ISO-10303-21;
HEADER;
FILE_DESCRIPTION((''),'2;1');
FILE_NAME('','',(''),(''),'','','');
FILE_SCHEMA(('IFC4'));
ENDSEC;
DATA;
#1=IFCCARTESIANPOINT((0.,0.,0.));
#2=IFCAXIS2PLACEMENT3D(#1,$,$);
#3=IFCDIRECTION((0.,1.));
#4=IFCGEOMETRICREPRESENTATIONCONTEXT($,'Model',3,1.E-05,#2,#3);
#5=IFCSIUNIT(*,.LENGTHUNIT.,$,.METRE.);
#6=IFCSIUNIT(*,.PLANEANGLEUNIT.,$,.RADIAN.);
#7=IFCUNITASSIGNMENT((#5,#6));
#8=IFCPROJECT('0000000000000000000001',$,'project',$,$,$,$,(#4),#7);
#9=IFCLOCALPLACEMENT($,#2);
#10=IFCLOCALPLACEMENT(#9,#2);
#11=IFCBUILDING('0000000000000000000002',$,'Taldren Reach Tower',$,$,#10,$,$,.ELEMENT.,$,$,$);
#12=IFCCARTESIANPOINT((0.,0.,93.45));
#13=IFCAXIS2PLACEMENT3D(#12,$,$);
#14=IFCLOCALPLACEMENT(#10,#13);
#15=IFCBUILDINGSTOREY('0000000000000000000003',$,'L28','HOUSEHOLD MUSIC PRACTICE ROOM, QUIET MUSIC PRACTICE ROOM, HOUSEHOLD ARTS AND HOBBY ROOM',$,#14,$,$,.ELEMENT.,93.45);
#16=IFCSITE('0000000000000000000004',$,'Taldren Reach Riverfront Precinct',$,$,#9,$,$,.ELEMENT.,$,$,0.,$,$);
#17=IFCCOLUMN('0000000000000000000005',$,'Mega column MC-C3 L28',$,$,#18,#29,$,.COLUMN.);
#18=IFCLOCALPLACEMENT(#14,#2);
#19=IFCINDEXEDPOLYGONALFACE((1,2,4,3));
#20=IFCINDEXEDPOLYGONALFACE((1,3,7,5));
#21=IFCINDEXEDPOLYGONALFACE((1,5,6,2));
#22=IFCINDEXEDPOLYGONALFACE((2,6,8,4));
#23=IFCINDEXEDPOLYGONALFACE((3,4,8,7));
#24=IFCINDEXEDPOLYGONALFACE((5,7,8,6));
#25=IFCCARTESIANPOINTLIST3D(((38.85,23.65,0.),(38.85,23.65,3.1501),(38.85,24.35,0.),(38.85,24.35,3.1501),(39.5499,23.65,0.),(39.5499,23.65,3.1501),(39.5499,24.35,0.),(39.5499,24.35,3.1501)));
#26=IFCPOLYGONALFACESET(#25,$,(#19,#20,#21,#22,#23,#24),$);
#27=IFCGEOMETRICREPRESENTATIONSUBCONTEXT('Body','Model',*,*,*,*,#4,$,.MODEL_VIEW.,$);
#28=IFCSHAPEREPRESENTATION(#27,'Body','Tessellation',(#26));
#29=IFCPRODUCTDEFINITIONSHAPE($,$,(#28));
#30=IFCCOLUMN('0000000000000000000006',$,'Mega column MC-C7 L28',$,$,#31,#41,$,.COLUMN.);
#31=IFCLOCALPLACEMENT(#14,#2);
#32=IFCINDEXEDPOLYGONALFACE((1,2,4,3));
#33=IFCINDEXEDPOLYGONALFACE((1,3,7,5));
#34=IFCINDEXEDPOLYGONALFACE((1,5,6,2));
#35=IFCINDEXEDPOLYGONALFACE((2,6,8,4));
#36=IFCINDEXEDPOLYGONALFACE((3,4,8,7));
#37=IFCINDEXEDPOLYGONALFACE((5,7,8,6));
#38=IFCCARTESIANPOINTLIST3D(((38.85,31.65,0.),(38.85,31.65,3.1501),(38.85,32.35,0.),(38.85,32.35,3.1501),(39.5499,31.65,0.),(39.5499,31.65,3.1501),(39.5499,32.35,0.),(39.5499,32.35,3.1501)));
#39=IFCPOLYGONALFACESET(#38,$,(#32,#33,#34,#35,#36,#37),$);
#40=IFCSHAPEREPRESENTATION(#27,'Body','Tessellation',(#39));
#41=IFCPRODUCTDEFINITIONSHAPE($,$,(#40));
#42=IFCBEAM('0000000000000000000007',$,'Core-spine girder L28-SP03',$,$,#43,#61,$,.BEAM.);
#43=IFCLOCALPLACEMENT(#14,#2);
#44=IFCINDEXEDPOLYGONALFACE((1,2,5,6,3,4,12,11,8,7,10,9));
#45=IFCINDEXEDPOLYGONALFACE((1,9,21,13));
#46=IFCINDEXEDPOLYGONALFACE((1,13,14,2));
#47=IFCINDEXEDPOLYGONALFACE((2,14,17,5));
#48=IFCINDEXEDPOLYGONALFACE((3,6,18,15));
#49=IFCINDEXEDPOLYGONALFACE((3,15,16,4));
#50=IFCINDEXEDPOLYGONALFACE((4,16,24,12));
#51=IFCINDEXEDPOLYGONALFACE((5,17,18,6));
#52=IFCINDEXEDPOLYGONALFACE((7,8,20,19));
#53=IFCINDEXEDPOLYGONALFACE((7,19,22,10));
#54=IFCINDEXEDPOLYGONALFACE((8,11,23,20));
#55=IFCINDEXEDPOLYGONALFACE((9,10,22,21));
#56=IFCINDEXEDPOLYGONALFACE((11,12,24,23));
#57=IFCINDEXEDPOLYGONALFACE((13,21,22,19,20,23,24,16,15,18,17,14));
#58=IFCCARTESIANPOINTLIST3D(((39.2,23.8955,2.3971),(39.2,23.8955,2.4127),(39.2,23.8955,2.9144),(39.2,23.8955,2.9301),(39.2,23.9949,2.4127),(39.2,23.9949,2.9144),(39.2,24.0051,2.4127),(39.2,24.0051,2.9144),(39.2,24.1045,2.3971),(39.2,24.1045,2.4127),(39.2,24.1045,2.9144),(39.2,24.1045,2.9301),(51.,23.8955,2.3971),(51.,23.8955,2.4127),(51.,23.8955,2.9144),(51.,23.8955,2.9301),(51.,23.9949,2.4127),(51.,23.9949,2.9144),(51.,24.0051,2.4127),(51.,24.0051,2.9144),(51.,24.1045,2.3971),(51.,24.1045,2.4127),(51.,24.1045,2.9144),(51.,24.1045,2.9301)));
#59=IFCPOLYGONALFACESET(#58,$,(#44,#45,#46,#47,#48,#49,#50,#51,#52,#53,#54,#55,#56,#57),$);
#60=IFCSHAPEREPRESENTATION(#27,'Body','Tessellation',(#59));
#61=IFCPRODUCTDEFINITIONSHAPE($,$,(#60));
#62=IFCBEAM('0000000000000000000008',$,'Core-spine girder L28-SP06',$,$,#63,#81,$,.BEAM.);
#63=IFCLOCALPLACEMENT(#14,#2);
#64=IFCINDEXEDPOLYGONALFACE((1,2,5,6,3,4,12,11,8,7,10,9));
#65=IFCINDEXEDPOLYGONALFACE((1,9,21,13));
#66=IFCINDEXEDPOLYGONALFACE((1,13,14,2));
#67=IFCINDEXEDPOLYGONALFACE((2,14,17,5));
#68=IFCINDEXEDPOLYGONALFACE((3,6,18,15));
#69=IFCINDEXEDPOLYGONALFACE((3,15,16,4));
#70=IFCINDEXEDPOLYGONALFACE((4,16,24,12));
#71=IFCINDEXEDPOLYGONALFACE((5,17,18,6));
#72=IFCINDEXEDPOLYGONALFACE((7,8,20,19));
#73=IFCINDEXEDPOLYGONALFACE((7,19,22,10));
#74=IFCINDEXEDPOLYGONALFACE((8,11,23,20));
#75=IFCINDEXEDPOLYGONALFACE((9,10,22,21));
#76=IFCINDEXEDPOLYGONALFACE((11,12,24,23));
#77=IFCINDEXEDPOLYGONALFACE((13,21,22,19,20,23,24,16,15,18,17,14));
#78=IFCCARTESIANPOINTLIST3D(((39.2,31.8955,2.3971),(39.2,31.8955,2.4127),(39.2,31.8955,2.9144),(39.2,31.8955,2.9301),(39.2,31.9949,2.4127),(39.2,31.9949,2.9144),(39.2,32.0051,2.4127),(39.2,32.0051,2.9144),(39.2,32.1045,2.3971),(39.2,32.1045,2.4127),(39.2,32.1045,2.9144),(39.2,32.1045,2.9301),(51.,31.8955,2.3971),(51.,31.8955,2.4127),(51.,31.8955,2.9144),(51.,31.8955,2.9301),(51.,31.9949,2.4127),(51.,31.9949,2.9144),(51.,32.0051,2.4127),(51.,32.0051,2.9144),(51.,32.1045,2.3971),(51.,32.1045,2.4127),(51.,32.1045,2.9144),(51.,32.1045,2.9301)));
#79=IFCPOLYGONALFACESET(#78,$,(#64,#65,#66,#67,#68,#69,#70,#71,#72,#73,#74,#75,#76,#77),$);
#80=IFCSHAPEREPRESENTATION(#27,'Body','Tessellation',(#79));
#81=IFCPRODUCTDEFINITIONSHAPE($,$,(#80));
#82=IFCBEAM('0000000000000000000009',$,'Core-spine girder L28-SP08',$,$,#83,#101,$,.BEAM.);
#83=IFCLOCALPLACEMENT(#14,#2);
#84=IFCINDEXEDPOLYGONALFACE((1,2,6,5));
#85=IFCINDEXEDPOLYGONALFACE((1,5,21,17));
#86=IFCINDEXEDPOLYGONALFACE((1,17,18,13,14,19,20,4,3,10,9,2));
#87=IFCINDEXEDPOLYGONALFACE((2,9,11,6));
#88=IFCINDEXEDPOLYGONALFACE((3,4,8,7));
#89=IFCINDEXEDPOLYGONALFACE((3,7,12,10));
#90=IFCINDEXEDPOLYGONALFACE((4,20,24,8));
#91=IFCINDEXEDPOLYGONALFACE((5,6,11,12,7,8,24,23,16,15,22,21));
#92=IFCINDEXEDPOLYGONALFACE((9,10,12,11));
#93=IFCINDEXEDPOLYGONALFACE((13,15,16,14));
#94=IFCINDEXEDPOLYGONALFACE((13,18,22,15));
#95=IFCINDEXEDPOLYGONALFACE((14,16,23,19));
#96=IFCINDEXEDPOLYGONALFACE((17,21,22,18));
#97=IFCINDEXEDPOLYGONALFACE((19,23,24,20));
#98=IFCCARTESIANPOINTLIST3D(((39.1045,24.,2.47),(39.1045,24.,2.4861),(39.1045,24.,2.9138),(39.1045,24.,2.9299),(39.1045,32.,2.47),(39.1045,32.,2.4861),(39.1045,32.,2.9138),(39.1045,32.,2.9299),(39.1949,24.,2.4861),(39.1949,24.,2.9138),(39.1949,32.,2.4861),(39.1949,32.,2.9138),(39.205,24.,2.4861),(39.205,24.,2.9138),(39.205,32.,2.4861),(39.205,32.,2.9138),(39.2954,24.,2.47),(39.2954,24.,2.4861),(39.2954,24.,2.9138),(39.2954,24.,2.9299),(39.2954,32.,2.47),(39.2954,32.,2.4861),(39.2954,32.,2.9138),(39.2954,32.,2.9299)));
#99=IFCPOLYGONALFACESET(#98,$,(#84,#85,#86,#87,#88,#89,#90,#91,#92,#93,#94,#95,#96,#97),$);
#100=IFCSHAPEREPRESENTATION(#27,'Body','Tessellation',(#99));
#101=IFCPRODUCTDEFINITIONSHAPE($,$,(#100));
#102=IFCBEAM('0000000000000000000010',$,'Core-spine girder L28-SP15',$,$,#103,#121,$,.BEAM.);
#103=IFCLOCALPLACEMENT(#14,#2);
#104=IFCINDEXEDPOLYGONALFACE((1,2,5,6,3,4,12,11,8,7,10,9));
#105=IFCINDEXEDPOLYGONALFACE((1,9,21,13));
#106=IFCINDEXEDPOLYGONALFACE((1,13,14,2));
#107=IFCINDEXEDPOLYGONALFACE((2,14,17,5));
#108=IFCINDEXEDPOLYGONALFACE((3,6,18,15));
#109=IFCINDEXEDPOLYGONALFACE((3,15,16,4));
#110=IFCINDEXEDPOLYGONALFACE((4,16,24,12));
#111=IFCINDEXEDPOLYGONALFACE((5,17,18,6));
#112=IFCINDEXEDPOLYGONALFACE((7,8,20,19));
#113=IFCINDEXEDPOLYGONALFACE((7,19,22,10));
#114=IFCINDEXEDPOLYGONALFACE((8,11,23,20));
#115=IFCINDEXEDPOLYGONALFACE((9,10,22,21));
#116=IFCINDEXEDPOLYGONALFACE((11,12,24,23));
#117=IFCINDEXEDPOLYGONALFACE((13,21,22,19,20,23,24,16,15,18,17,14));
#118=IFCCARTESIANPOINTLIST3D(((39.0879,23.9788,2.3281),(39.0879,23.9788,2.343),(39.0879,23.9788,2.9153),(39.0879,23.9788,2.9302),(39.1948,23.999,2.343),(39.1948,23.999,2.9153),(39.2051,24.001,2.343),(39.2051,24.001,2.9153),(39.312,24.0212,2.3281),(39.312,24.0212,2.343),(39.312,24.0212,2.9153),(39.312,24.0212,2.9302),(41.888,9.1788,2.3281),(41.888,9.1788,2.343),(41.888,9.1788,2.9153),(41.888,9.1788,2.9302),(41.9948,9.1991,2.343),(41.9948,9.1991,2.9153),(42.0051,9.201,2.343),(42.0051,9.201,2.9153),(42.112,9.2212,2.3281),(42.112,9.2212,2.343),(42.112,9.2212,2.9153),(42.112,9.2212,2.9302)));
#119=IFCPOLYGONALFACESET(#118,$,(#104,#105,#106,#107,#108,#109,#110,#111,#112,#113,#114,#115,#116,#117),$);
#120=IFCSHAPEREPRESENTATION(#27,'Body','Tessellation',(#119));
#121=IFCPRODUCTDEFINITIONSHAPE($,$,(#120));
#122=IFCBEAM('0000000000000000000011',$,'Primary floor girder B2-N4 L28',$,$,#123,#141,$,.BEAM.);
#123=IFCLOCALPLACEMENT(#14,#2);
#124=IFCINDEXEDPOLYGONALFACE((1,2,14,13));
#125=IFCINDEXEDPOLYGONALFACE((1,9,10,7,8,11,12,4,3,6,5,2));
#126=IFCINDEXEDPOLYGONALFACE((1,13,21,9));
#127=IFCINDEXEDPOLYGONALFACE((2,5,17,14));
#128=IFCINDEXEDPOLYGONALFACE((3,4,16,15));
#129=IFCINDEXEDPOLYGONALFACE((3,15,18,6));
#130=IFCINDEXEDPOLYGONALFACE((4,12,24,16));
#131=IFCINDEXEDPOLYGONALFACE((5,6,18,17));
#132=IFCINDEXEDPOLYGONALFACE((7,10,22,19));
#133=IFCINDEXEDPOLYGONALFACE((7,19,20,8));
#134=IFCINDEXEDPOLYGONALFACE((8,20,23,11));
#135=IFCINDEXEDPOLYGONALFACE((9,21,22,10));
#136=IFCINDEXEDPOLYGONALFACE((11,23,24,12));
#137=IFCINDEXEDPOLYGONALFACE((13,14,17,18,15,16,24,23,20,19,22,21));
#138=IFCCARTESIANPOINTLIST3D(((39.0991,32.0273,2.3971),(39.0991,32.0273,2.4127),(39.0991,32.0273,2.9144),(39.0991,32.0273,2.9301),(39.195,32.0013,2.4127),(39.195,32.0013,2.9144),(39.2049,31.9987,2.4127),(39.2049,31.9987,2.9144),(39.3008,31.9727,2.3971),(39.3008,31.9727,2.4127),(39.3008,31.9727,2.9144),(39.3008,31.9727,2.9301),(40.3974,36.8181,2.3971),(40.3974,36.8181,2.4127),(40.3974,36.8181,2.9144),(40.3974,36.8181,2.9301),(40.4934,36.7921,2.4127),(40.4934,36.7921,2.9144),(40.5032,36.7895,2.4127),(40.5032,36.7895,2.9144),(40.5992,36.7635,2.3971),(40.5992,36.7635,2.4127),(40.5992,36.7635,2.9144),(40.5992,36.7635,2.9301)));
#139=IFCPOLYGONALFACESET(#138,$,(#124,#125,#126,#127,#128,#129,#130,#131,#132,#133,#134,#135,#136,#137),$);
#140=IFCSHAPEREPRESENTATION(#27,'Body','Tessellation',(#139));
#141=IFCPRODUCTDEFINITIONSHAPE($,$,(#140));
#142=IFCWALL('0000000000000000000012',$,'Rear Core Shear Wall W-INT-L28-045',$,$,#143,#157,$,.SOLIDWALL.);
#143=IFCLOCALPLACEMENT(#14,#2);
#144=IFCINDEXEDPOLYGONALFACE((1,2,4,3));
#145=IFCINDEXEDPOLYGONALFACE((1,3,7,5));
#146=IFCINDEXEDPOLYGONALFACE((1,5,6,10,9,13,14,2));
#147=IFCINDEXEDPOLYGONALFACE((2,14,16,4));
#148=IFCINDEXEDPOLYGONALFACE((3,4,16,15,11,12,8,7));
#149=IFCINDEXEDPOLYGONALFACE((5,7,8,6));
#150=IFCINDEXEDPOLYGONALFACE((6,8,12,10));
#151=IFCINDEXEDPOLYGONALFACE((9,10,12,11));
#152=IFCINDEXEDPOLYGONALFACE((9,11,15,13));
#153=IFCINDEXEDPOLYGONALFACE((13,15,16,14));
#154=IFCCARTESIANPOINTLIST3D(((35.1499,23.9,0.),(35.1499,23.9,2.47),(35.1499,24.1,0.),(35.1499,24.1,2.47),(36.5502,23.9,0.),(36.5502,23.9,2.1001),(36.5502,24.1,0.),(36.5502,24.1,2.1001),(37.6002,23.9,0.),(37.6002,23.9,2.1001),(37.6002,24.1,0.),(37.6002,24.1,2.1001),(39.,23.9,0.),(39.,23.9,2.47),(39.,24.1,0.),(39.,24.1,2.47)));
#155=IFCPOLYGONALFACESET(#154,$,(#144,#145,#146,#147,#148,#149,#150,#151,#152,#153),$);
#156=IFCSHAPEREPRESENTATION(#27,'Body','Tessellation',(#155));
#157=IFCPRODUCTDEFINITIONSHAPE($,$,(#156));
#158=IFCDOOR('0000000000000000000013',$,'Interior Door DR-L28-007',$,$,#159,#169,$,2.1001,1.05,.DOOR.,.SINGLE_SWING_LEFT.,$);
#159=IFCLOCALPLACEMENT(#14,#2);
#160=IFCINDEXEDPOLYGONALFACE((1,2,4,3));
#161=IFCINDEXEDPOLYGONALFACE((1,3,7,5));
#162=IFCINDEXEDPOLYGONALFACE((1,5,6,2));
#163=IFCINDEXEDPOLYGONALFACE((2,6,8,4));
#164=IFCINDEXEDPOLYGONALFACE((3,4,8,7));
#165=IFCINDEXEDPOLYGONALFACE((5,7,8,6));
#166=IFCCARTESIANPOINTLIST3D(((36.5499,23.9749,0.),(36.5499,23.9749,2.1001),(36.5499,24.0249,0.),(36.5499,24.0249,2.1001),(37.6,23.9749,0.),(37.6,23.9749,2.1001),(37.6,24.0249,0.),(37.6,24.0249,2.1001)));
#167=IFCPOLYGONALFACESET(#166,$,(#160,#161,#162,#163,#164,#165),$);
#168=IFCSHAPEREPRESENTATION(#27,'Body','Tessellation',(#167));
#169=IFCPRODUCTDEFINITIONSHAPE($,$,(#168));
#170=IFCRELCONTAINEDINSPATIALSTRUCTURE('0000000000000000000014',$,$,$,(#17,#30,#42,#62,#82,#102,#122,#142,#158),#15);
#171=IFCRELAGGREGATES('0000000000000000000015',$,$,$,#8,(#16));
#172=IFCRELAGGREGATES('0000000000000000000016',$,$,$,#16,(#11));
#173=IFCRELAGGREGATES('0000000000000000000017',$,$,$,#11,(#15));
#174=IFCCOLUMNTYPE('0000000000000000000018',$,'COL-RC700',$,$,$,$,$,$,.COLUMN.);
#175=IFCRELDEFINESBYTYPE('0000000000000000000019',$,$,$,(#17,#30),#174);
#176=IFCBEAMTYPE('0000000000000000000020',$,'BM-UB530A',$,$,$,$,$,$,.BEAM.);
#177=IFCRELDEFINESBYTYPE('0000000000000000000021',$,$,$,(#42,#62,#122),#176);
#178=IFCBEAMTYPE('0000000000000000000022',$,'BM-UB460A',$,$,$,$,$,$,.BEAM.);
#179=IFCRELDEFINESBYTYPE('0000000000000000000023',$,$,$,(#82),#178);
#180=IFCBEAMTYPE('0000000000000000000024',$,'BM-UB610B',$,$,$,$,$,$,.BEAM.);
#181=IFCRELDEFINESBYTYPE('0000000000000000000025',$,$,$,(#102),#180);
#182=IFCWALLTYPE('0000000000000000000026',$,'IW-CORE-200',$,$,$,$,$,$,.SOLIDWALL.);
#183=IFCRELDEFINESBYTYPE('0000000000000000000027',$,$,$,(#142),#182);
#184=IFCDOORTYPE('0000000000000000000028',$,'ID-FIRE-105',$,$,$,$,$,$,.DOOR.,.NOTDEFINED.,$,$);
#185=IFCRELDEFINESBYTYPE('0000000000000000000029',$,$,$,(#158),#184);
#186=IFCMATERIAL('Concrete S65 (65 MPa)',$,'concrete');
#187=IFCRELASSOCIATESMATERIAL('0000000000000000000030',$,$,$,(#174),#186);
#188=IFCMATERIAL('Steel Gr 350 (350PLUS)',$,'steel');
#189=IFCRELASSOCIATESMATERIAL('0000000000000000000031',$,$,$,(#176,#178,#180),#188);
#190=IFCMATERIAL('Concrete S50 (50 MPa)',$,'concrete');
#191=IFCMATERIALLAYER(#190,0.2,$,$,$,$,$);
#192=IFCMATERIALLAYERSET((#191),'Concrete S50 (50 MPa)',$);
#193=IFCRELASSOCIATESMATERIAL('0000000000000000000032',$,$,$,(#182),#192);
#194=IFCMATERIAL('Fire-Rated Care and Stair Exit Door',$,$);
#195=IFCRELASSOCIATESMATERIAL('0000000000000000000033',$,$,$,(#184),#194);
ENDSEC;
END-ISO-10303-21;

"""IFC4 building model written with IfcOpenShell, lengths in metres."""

from ifc_helpers import new_model, si_unit, direction, frame, frame_2d, origin, origin_2d, place, context, subcontext, project, spatial, rectangle, i_section, extrude, source, transform, mapped, material, layer, layer_set, material_profile, profile_set, type_object, element, fill, save


model = new_model("IFC4")

# Units and contexts
model_context = context("Model", 3, precision=1e-05, world=origin(), true_north=direction((0.0, 1.0)))
body_context = subcontext(model_context, "Body", "Model", "MODEL_VIEW")
ifc_project = project(units=[si_unit("LENGTHUNIT", "METRE"), si_unit("PLANEANGLEUNIT", "RADIAN")], contexts=[model_context])

# Site, building, storey
site_placement = place(None, origin())
site = spatial("IfcSite", under=ifc_project, at=site_placement, Name="Taldren Reach Riverfront Precinct", CompositionType="ELEMENT", RefElevation=0.0)
building_placement = place(site_placement, origin())
building = spatial("IfcBuilding", under=site, at=building_placement, Name="Taldren Reach Tower", CompositionType="ELEMENT")
storey_placement = place(building_placement, frame((0.0, 0.0, 93.45)))
storey = spatial("IfcBuildingStorey", under=building, at=storey_placement, Name="L28", Description="HOUSEHOLD MUSIC PRACTICE ROOM, QUIET MUSIC PRACTICE ROOM, HOUSEHOLD ARTS AND HOBBY ROOM", CompositionType="ELEMENT", Elevation=93.45)

# Columns
ifc_material_1 = material(Name="Concrete S65 (65 MPa)", Category="concrete")
ifc_material_profile_1 = material_profile(ifc_material_1, rectangle(XDim=0.7, YDim=0.7, at=origin_2d()), Name="RC-700x700")
ifc_profile_set_1 = profile_set([ifc_material_profile_1], Name="Concrete S65 (65 MPa)")
column_type = type_object("IfcColumnType", Name="COL-RC700", PredefinedType="COLUMN", material=ifc_profile_set_1)
shared_shape_1 = source(origin(), body_context, "Body", "SweptSolid", [
    extrude(rectangle(XDim=0.7, YDim=0.7, at=origin_2d()), origin(), (0.0, 0.0, 1.0), 3.1501),
])
for number, where, z_axis, x_axis, name in (
    (1, (39.2, 24.0, 0.0), (0.0, 0.0, 1.0), (1.0, 0.0, 0.0), "Mega column MC-C3 L28"),
    (2, (39.2, 32.0, 0.0), (0.0, 0.0, 1.0), (1.0, 0.0, 0.0), "Mega column MC-C7 L28"),
):
    element("IfcColumn", number, at=place(storey_placement, frame(where, z_axis=z_axis, x_axis=x_axis)), inside=storey, type_object=column_type, Name=name, PredefinedType="COLUMN", context=body_context, shape_type="MappedRepresentation", body=[
        mapped(shared_shape_1, transform((0.0, 0.0, 0.0), scale=1.0)),
    ])

# Beams
ifc_material_2 = material(Name="Steel Gr 350 (350PLUS)", Category="steel")
ifc_material_profile_2 = material_profile(ifc_material_2, i_section(OverallWidth=0.209, OverallDepth=0.533, WebThickness=0.0103, FlangeThickness=0.0156, at=origin_2d()), Name="530UB92.4")
ifc_profile_set_2 = profile_set([ifc_material_profile_2], Name="Steel Gr 350 (350PLUS)")
beam_type_1 = type_object("IfcBeamType", Name="BM-UB530A", PredefinedType="BEAM", material=ifc_profile_set_2)
shared_shape_2 = source(origin(), body_context, "Body", "SweptSolid", [
    extrude(i_section(OverallWidth=0.209, OverallDepth=0.533, WebThickness=0.0103, FlangeThickness=0.0156, at=origin_2d()), origin(), (0.0, 0.0, 1.0), 11.8),
])
for number, where, z_axis, x_axis, name in (
    (3, (39.2, 24.0, 2.6636), (1.0, 0.0, 0.0), (0.0, 1.0, 0.0), "Core-spine girder L28-SP03"),
    (4, (39.2, 32.0, 2.6636), (1.0, 0.0, 0.0), (0.0, 1.0, 0.0), "Core-spine girder L28-SP06"),
):
    element("IfcBeam", number, at=place(storey_placement, frame(where, z_axis=z_axis, x_axis=x_axis)), inside=storey, type_object=beam_type_1, Name=name, PredefinedType="BEAM", context=body_context, shape_type="MappedRepresentation", body=[
        mapped(shared_shape_2, transform((0.0, 0.0, 0.0), scale=1.0)),
    ])
ifc_material_profile_3 = material_profile(ifc_material_2, i_section(OverallWidth=0.1909, OverallDepth=0.46, WebThickness=0.01, FlangeThickness=0.0161, at=origin_2d()), Name="460UB82.1")
ifc_profile_set_3 = profile_set([ifc_material_profile_3], Name="Steel Gr 350 (350PLUS)")
beam_type_2 = type_object("IfcBeamType", Name="BM-UB460A", PredefinedType="BEAM", material=ifc_profile_set_3)
shared_shape_3 = source(origin(), body_context, "Body", "SweptSolid", [
    extrude(i_section(OverallWidth=0.1909, OverallDepth=0.46, WebThickness=0.01, FlangeThickness=0.0161, at=origin_2d()), origin(), (0.0, 0.0, 1.0), 8.0),
])
beam_1_placement = place(storey_placement, frame((39.2, 24.0, 2.7), z_axis=(0.0, 1.0, 0.0), x_axis=(-1.0, 0.0, 0.0)))
element("IfcBeam", 5, at=beam_1_placement, inside=storey, type_object=beam_type_2, Name="Core-spine girder L28-SP08", PredefinedType="BEAM", context=body_context, shape_type="MappedRepresentation", body=[
    mapped(shared_shape_3, transform((0.0, 0.0, 0.0), scale=1.0)),
])
ifc_material_profile_4 = material_profile(ifc_material_2, i_section(OverallWidth=0.228, OverallDepth=0.6021, WebThickness=0.0105, FlangeThickness=0.0149, at=origin_2d()), Name="610UB101")
ifc_profile_set_4 = profile_set([ifc_material_profile_4], Name="Steel Gr 350 (350PLUS)")
beam_type_3 = type_object("IfcBeamType", Name="BM-UB610B", PredefinedType="BEAM", material=ifc_profile_set_4)
shared_shape_4 = source(origin(), body_context, "Body", "SweptSolid", [
    extrude(i_section(OverallWidth=0.228, OverallDepth=0.6021, WebThickness=0.0105, FlangeThickness=0.0149, at=origin_2d()), origin(), (0.0, 0.0, 1.0), 15.0625),
])
beam_2_placement = place(storey_placement, frame((39.2, 24.0, 2.6292), z_axis=(0.185894, -0.98257, 0.0), x_axis=(0.98257, 0.185894, 0.0)))
element("IfcBeam", 6, at=beam_2_placement, inside=storey, type_object=beam_type_3, Name="Core-spine girder L28-SP15", PredefinedType="BEAM", context=body_context, shape_type="MappedRepresentation", body=[
    mapped(shared_shape_4, transform((0.0, 0.0, 0.0), scale=1.0)),
])
shared_shape_5 = source(origin(), body_context, "Body", "SweptSolid", [
    extrude(i_section(OverallWidth=0.209, OverallDepth=0.533, WebThickness=0.0103, FlangeThickness=0.0156, at=origin_2d()), origin(), (0.0, 0.0, 1.0), 4.9636),
])
beam_3_placement = place(storey_placement, frame((39.2, 32.0, 2.6636), z_axis=(0.261573, 0.965184, 0.0), x_axis=(-0.965184, 0.261573, 0.0)))
element("IfcBeam", 7, at=beam_3_placement, inside=storey, type_object=beam_type_1, Name="Primary floor girder B2-N4 L28", PredefinedType="BEAM", context=body_context, shape_type="MappedRepresentation", body=[
    mapped(shared_shape_5, transform((0.0, 0.0, 0.0), scale=1.0)),
])

# Wall, opening, door
ifc_material_3 = material(Name="Concrete S50 (50 MPa)", Category="concrete")
ifc_layer_1 = layer(ifc_material_3, 0.2)
ifc_layer_set_1 = layer_set([ifc_layer_1], Name="Concrete S50 (50 MPa)")
wall_type_1 = type_object("IfcWallType", Name="IW-CORE-200", PredefinedType="SOLIDWALL", material=ifc_layer_set_1)
shared_shape_6 = source(origin(), body_context, "Body", "SweptSolid", [
    extrude(rectangle(XDim=3.8501, YDim=0.2, at=frame_2d((1.925, 0.0))), origin(), (0.0, 0.0, 1.0), 2.47),
])
wall_1_placement = place(storey_placement, frame((39.0, 24.0, 0.0), z_axis=(0.0, 0.0, 1.0), x_axis=(-1.0, 0.0, 0.0)))
wall_1 = element("IfcWall", 8, at=wall_1_placement, inside=storey, type_object=wall_type_1, Name="Rear Core Shear Wall W-INT-L28-045", PredefinedType="SOLIDWALL", context=body_context, shape_type="MappedRepresentation", body=[
    mapped(shared_shape_6, transform((0.0, 0.0, 0.0), scale=1.0)),
])
shared_shape_7 = source(origin(), body_context, "Body", "SweptSolid", [
    extrude(rectangle(XDim=1.05, YDim=2.1001, at=frame_2d((0.5249, 1.05))), frame((0.0, 0.1099, 0.0), z_axis=(0.0, -1.0, 0.0), x_axis=(1.0, 0.0, 0.0)), (0.0, 0.0, 1.0), 0.22),
])
opening_placement = place(wall_1_placement, frame((1.3999, 0.0, 0.0)))
opening = element("IfcOpeningElement", 9, at=opening_placement, cuts=wall_1, PredefinedType="OPENING", context=body_context, shape_type="MappedRepresentation", body=[
    mapped(shared_shape_7, transform((0.0, 0.0, 0.0), scale=1.0)),
])
ifc_material_4 = material(Name="Fire-Rated Care and Stair Exit Door")
door_type = type_object("IfcDoorType", Name="ID-FIRE-105", OperationType="NOTDEFINED", PredefinedType="DOOR", material=ifc_material_4)
shared_shape_8 = source(origin(), body_context, "Body", "SweptSolid", [
    extrude(rectangle(XDim=1.05, YDim=2.1001, at=frame_2d((0.5249, 1.05))), frame((0.0, 0.0249, 0.0), z_axis=(0.0, -1.0, 0.0), x_axis=(1.0, 0.0, 0.0)), (0.0, 0.0, 1.0), 0.05),
])
door_placement = place(opening_placement, frame((1.05, 0.0, 0.0), z_axis=(0.0, 0.0, 1.0), x_axis=(-1.0, 0.0, 0.0)))
door = element("IfcDoor", 10, at=door_placement, inside=storey, type_object=door_type, Name="Interior Door DR-L28-007", OperationType="SINGLE_SWING_LEFT", OverallHeight=2.1001, OverallWidth=1.05, PredefinedType="DOOR", context=body_context, shape_type="MappedRepresentation", body=[
    mapped(shared_shape_8, transform((0.0, 0.0, 0.0), scale=1.0)),
])
fill(opening, door)

save(model, "model.ifc")
